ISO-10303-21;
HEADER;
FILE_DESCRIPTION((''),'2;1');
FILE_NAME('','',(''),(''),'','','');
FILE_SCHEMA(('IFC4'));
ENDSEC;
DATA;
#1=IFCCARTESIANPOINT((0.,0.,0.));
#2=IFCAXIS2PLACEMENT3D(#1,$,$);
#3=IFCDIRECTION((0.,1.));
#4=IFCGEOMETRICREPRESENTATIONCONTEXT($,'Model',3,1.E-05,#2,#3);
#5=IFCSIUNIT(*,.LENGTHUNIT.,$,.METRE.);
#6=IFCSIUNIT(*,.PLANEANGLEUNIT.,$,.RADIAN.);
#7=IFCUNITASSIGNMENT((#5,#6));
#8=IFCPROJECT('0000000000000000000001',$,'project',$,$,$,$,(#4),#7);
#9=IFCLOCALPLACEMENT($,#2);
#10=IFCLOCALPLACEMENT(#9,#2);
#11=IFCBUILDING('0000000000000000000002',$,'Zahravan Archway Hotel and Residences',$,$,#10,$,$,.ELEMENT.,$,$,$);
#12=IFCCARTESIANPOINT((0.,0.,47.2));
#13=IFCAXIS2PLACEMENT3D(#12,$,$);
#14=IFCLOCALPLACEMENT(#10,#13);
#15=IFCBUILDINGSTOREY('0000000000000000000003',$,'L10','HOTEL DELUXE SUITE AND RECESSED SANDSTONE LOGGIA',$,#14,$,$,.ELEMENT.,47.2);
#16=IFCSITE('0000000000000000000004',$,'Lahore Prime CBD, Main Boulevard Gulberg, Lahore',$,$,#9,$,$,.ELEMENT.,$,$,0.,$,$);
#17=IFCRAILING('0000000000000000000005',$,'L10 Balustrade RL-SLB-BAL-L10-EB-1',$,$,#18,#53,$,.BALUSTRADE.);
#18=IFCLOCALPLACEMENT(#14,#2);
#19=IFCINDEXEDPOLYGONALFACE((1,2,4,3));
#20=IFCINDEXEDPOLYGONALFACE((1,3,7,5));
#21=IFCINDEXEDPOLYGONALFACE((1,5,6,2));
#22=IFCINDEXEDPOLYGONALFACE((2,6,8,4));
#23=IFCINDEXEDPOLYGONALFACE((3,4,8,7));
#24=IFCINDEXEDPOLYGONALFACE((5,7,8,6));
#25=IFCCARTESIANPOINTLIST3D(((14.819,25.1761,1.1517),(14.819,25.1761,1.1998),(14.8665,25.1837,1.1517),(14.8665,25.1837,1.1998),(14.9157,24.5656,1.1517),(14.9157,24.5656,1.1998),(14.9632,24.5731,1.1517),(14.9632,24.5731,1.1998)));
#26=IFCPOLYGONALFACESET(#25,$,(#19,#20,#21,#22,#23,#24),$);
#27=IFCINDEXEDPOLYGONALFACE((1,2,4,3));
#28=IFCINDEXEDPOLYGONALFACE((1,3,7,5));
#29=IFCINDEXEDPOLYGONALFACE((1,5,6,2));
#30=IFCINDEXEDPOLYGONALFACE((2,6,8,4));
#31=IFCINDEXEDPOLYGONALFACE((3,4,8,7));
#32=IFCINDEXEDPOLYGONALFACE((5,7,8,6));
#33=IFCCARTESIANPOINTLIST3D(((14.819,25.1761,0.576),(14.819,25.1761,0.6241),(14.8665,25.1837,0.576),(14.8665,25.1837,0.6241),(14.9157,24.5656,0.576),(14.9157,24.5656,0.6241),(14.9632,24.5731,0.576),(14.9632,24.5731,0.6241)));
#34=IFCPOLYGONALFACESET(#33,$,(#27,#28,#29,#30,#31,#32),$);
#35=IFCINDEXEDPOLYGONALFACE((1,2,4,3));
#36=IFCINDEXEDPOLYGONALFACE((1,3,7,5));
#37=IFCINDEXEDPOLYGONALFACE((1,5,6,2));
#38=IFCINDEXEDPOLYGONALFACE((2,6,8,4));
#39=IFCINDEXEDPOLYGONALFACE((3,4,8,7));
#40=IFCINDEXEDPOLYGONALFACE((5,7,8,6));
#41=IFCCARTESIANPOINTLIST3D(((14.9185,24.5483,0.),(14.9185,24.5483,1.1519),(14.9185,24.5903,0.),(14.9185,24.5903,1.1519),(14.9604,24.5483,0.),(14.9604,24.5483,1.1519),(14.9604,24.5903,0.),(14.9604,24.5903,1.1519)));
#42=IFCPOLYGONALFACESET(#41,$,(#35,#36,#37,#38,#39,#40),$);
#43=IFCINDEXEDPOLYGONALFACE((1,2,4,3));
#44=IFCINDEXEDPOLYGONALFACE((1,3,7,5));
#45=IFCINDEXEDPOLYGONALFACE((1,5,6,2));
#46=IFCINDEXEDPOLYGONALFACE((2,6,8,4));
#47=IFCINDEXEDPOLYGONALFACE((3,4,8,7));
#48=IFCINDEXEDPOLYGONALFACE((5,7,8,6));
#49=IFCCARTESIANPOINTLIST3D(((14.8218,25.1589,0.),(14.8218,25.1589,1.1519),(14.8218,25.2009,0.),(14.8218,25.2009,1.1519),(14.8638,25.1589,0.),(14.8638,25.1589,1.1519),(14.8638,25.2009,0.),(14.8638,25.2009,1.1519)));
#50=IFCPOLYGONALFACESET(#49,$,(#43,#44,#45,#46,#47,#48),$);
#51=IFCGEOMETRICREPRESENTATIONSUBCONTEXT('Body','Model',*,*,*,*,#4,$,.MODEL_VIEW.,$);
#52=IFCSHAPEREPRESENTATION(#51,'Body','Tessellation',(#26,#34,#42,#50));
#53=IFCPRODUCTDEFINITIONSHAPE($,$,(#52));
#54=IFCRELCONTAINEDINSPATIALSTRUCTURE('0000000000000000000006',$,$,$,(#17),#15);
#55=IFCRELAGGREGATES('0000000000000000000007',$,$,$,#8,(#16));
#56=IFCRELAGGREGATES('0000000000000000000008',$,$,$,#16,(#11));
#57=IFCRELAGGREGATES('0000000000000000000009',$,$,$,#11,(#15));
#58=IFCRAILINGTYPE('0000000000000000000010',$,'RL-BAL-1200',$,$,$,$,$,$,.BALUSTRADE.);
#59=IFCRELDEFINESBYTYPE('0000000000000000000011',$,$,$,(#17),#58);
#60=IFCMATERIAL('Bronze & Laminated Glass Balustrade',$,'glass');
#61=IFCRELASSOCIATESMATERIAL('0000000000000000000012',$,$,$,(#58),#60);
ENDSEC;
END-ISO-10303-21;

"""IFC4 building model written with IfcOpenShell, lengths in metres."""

from ifc_helpers import new_model, si_unit, direction, frame, origin, origin_2d, place, context, subcontext, project, spatial, rectangle, extrude, material, type_object, element, save


model = new_model("IFC4")

# Units and contexts
model_context = context("Model", 3, precision=1e-05, world=origin(), true_north=direction((0.0, 1.0)))
body_context = subcontext(model_context, "Body", "Model", "MODEL_VIEW")
ifc_project = project(units=[si_unit("LENGTHUNIT", "METRE"), si_unit("PLANEANGLEUNIT", "RADIAN")], contexts=[model_context])

# Site, building, storey
site_placement = place(None, origin())
site = spatial("IfcSite", under=ifc_project, at=site_placement, Name="Lahore Prime CBD, Main Boulevard Gulberg, Lahore", CompositionType="ELEMENT", RefElevation=0.0)
building_placement = place(site_placement, origin())
building = spatial("IfcBuilding", under=site, at=building_placement, Name="Zahravan Archway Hotel and Residences", CompositionType="ELEMENT")
storey_placement = place(building_placement, frame((0.0, 0.0, 47.2)))
storey = spatial("IfcBuildingStorey", under=building, at=storey_placement, Name="L10", Description="HOTEL DELUXE SUITE AND RECESSED SANDSTONE LOGGIA", CompositionType="ELEMENT", Elevation=47.2)

# Railing
ifc_material_1 = material(Name="Bronze & Laminated Glass Balustrade", Category="glass")
railing_type = type_object("IfcRailingType", Name="RL-BAL-1200", PredefinedType="BALUSTRADE", material=ifc_material_1)
railing_placement = place(storey_placement, frame((14.9395, 24.5693, 0.0)))
element("IfcRailing", 1, at=railing_placement, inside=storey, type_object=railing_type, Name="L10 Balustrade RL-SLB-BAL-L10-EB-1", PredefinedType="BALUSTRADE", context=body_context, shape_type="SweptSolid", body=[
    extrude(rectangle(XDim=0.0481, YDim=0.0481, at=origin_2d()), frame((0.0, 0.0, 1.1758), z_axis=(-0.156388, 0.987696, 0.0), x_axis=(-0.987696, -0.156388, 0.0)), (0.0, 0.0, 1.0), 0.6182),
    extrude(rectangle(XDim=0.0481, YDim=0.0481, at=origin_2d()), frame((0.0, 0.0, 0.6001), z_axis=(-0.156388, 0.987696, 0.0), x_axis=(-0.987696, -0.156388, 0.0)), (0.0, 0.0, 1.0), 0.6182),
    extrude(rectangle(XDim=0.042, YDim=0.042, at=origin_2d()), origin(), (0.0, 0.0, 1.0), 1.1519),
    extrude(rectangle(XDim=0.042, YDim=0.042, at=origin_2d()), frame((-0.0967, 0.6106, 0.0)), (0.0, 0.0, 1.0), 1.1519),
])

save(model, "model.ifc")
